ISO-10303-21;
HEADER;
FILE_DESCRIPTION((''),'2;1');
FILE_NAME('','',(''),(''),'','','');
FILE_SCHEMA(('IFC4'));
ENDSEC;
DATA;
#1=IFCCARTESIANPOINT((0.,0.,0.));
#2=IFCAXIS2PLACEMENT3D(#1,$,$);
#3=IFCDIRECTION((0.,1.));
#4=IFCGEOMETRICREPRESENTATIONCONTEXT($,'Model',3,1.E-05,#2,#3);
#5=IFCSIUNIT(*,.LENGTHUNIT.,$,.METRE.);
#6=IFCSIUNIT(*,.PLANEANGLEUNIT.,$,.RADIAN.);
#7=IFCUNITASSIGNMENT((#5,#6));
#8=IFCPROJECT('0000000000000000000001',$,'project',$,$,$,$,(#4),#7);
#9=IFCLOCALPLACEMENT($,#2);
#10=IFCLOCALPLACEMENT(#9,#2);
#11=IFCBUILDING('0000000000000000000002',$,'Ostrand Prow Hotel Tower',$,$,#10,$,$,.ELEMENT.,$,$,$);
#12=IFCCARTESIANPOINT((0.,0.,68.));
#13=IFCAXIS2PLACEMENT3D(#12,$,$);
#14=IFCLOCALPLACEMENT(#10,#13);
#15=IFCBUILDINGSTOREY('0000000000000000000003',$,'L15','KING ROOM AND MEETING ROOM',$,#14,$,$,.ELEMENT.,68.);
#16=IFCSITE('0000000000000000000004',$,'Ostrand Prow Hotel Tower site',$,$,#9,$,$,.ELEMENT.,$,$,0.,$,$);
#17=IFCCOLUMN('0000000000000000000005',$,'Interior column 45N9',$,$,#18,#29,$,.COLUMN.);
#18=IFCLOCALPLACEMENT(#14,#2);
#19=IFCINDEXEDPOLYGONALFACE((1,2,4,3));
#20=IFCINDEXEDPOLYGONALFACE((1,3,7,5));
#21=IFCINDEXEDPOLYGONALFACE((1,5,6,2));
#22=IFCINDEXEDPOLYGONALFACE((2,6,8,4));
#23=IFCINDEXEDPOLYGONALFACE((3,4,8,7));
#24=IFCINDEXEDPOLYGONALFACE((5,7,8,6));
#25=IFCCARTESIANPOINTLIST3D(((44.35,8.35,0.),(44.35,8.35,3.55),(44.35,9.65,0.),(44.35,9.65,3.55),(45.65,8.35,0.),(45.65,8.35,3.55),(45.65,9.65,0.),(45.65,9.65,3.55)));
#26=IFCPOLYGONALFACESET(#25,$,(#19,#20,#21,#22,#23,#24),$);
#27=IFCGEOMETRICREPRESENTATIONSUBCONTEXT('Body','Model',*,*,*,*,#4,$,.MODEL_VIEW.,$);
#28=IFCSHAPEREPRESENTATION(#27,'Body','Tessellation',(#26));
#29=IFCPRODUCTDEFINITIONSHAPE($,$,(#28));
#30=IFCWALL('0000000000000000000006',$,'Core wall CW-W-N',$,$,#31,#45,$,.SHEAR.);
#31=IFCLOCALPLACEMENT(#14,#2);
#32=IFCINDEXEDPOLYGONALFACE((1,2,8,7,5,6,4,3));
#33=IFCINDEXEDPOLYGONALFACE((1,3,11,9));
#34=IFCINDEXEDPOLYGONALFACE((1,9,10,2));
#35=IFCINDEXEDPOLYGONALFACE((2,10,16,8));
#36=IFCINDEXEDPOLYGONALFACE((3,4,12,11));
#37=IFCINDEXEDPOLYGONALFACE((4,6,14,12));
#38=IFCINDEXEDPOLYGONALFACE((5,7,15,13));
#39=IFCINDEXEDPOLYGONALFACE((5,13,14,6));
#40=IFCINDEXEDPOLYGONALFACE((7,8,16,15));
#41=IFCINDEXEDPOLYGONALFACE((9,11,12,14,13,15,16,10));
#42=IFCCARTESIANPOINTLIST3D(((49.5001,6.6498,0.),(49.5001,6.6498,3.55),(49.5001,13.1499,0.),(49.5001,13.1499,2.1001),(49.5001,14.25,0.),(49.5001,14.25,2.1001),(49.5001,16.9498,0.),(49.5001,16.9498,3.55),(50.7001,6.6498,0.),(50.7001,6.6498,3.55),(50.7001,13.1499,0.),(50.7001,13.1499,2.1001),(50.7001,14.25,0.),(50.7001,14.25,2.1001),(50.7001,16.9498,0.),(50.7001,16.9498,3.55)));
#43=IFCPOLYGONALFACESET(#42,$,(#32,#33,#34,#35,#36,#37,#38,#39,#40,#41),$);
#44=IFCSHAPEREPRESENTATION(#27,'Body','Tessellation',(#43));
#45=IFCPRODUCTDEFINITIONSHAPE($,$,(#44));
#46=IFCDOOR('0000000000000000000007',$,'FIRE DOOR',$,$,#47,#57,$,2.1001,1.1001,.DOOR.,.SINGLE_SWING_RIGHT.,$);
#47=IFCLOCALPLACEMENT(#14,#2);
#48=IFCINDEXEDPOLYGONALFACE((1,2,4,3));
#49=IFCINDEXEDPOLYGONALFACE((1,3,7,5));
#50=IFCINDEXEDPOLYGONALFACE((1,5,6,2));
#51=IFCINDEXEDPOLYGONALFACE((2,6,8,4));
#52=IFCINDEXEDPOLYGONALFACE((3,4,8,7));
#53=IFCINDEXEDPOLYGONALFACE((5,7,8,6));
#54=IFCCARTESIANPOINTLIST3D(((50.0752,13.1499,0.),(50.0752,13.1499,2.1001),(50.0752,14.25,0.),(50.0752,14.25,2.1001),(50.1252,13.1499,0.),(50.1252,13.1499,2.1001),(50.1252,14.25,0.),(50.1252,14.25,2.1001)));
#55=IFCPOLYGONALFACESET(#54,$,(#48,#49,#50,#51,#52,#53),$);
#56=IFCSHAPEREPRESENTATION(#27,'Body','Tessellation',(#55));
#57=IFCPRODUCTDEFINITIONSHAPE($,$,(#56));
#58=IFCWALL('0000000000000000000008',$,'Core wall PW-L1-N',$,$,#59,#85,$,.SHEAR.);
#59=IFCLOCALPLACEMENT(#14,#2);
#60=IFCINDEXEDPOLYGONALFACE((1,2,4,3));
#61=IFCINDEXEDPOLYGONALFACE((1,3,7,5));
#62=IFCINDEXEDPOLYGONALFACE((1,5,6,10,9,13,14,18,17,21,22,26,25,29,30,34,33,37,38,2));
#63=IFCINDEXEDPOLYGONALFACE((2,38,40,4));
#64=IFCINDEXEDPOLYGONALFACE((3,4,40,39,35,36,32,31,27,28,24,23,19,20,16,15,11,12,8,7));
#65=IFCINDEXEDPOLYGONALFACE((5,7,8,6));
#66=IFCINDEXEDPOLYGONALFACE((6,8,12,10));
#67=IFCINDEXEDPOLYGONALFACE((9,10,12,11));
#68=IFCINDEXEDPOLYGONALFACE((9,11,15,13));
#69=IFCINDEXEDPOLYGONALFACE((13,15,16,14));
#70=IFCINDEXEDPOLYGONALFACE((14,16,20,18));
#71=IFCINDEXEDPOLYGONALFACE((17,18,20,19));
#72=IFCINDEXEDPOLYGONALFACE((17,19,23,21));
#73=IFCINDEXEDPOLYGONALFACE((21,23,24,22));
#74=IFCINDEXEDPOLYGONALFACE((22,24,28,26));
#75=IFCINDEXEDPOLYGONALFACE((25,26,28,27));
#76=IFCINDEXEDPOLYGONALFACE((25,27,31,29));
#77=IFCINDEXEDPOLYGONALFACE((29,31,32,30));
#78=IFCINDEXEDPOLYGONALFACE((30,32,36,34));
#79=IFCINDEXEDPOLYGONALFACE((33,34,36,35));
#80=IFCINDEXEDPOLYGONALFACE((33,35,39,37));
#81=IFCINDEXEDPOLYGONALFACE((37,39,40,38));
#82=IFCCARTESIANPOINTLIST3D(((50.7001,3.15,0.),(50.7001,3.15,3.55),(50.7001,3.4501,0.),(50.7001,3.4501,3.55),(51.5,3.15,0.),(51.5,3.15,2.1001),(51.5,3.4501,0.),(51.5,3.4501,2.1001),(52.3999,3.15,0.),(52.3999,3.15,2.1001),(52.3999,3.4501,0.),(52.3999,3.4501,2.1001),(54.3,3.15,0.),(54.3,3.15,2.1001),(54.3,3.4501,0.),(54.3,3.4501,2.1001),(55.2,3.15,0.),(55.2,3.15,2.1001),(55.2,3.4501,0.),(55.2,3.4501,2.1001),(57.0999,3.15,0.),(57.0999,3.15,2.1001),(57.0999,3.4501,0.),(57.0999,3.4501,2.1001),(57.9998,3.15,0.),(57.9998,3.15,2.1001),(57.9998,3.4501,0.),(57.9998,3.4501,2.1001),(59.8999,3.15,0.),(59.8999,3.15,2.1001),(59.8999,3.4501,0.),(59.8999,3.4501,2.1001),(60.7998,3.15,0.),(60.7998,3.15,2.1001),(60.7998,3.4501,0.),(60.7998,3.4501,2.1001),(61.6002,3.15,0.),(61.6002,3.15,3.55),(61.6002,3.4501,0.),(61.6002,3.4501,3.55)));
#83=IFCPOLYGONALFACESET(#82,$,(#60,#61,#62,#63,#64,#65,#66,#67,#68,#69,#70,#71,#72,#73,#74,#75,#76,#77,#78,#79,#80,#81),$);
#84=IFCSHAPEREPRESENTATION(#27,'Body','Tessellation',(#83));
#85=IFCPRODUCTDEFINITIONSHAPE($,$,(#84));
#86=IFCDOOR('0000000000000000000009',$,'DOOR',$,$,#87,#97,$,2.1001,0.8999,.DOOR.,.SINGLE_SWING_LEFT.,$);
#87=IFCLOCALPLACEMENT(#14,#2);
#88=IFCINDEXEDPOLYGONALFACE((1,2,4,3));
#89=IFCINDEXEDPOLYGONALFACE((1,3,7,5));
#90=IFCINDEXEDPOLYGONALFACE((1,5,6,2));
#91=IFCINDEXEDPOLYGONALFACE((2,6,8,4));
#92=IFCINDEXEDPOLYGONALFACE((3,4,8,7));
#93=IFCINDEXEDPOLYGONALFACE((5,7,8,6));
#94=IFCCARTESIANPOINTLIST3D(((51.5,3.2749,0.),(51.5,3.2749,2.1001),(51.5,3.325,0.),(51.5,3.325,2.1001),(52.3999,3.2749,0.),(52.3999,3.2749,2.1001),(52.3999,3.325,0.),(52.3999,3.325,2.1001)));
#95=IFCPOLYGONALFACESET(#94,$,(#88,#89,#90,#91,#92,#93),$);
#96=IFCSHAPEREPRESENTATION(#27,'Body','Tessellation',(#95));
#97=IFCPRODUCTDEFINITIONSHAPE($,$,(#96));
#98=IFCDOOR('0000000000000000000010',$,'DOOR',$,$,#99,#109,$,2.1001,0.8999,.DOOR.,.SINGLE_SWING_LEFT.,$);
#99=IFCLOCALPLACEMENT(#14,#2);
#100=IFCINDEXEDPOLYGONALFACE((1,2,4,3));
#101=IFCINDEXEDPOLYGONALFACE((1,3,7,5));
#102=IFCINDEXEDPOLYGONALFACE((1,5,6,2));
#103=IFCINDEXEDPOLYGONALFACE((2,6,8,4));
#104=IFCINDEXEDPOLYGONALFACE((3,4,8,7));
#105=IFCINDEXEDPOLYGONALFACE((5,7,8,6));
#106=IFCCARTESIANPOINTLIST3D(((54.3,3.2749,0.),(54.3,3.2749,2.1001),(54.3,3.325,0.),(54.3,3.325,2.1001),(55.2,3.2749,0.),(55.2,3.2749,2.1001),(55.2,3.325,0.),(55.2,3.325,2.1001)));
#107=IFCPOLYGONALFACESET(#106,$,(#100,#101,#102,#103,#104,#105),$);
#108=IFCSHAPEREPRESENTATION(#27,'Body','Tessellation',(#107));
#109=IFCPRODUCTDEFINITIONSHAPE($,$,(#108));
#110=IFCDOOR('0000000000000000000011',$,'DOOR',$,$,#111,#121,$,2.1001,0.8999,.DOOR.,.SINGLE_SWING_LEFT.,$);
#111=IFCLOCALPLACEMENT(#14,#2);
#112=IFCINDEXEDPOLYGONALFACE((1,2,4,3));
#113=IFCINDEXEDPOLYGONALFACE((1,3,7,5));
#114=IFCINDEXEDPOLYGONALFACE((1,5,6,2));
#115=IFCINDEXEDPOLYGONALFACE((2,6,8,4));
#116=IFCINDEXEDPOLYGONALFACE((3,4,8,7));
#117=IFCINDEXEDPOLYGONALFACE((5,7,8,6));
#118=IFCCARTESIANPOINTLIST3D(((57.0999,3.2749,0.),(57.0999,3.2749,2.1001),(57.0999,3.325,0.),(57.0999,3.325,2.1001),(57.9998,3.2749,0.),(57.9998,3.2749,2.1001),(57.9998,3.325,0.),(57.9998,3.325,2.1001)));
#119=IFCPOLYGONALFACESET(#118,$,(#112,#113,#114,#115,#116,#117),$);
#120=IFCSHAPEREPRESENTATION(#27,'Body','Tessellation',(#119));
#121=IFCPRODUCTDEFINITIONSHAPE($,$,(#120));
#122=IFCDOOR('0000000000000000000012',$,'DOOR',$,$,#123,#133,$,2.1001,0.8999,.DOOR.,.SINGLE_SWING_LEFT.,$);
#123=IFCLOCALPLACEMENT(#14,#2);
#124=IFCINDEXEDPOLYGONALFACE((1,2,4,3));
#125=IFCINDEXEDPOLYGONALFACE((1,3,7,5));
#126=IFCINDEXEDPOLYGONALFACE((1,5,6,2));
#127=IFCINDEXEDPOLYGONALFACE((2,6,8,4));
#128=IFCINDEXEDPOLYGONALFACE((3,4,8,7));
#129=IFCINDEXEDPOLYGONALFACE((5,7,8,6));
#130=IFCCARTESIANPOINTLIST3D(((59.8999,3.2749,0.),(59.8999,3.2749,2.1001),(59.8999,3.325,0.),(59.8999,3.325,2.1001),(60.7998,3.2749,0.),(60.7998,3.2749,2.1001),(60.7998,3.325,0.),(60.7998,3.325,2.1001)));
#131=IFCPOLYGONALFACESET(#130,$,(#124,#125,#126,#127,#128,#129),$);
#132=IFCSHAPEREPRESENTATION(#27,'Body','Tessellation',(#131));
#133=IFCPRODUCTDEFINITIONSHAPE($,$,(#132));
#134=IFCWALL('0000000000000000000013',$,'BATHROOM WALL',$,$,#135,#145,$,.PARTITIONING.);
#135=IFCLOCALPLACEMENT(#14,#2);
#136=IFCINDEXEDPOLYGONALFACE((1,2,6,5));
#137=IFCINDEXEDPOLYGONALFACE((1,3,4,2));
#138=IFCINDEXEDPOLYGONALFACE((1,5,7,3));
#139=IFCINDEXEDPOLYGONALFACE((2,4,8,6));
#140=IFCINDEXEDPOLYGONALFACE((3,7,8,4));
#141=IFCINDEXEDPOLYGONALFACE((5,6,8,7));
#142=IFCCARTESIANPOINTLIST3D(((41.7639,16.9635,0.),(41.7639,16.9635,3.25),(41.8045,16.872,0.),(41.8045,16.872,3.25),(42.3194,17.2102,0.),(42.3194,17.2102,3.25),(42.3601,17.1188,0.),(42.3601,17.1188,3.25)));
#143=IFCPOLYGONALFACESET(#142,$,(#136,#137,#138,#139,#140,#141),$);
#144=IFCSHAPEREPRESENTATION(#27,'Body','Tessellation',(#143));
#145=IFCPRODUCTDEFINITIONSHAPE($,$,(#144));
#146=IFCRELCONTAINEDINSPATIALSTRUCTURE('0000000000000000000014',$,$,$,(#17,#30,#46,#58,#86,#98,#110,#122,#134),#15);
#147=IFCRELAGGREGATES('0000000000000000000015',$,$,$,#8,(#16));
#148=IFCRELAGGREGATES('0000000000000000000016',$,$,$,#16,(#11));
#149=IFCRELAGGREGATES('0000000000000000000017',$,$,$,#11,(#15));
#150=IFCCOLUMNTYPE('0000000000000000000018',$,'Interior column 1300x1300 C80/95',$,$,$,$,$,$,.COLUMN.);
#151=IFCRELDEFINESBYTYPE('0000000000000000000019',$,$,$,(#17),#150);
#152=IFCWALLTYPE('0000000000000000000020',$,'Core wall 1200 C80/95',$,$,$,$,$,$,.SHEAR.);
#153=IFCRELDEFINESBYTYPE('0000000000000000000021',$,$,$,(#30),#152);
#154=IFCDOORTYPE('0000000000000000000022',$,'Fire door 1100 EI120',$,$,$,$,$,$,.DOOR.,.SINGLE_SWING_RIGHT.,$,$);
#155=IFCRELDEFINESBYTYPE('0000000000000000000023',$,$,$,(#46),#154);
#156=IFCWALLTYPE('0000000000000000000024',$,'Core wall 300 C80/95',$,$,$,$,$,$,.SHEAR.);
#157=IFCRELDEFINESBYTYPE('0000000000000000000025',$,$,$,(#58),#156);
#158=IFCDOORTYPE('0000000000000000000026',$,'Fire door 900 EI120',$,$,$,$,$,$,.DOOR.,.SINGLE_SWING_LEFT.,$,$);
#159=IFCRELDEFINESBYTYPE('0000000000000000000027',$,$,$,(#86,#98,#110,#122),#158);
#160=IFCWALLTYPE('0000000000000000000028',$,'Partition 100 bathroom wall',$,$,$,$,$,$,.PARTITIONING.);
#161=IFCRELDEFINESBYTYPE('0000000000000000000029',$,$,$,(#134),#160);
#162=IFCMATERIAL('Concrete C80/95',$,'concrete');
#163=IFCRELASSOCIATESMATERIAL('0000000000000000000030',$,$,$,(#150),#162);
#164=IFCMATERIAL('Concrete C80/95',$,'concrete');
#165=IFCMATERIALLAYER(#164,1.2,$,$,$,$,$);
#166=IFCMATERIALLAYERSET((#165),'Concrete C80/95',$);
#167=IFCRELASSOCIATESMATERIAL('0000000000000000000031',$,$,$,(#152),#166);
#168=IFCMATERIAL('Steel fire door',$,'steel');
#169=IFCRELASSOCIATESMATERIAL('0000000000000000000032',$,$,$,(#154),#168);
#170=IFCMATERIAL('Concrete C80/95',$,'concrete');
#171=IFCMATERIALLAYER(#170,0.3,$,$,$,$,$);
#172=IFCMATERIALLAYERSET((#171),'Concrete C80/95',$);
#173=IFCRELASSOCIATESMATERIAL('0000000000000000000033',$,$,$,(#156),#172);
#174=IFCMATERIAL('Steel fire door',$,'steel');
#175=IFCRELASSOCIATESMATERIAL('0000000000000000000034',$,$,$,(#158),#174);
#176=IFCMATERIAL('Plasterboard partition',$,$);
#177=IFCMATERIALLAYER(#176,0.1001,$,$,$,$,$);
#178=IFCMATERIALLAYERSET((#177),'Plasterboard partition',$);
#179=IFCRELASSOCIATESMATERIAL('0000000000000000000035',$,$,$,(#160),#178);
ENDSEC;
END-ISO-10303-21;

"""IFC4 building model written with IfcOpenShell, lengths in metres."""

from ifc_helpers import new_model, si_unit, direction, frame, frame_2d, origin, origin_2d, place, context, subcontext, project, spatial, rectangle, extrude, material, layer, layer_set, material_profile, profile_set, type_object, element, fill, save


model = new_model("IFC4")

# Units and contexts
model_context = context("Model", 3, precision=1e-05, world=origin(), true_north=direction((0.0, 1.0)))
body_context = subcontext(model_context, "Body", "Model", "MODEL_VIEW")
ifc_project = project(units=[si_unit("LENGTHUNIT", "METRE"), si_unit("PLANEANGLEUNIT", "RADIAN")], contexts=[model_context])

# Site, building, storey
site_placement = place(None, origin())
site = spatial("IfcSite", under=ifc_project, at=site_placement, Name="Ostrand Prow Hotel Tower site", CompositionType="ELEMENT", RefElevation=0.0)
building_placement = place(site_placement, origin())
building = spatial("IfcBuilding", under=site, at=building_placement, Name="Ostrand Prow Hotel Tower", CompositionType="ELEMENT")
storey_placement = place(building_placement, frame((0.0, 0.0, 68.0)))
storey = spatial("IfcBuildingStorey", under=building, at=storey_placement, Name="L15", Description="KING ROOM AND MEETING ROOM", CompositionType="ELEMENT", Elevation=68.0)

# Column
ifc_material_1 = material(Name="Concrete C80/95", Category="concrete")
ifc_material_profile = material_profile(ifc_material_1, rectangle(XDim=1.3, YDim=1.3, at=origin_2d()), Name="RC 1300x1300")
ifc_profile_set = profile_set([ifc_material_profile], Name="Concrete C80/95")
column_type = type_object("IfcColumnType", Name="Interior column 1300x1300 C80/95", PredefinedType="COLUMN", material=ifc_profile_set)
column_placement = place(storey_placement, frame((45.0, 9.0, 0.0), z_axis=(0.0, 0.0, 1.0), x_axis=(1.0, 0.0, 0.0)))
element("IfcColumn", 1, at=column_placement, inside=storey, type_object=column_type, Name="Interior column 45N9", PredefinedType="COLUMN", context=body_context, shape_type="SweptSolid", body=[
    extrude(rectangle(XDim=1.3, YDim=1.3, at=origin_2d()), origin(), (0.0, 0.0, 1.0), 3.55),
])

# Wall, opening, door
ifc_material_2 = material(Name="Concrete C80/95", Category="concrete")
ifc_layer_1 = layer(ifc_material_2, 1.2)
ifc_layer_set_1 = layer_set([ifc_layer_1], Name="Concrete C80/95")
wall_type_1 = type_object("IfcWallType", Name="Core wall 1200 C80/95", PredefinedType="SHEAR", material=ifc_layer_set_1)
wall_1_placement = place(storey_placement, frame((50.1001, 6.6499, 0.0), z_axis=(0.0, 0.0, 1.0), x_axis=(0.0, 1.0, 0.0)))
wall_1 = element("IfcWall", 2, at=wall_1_placement, inside=storey, type_object=wall_type_1, Name="Core wall CW-W-N", PredefinedType="SHEAR", context=body_context, shape_type="SweptSolid", body=[
    extrude(rectangle(XDim=10.3, YDim=1.2, at=frame_2d((5.1499, 0.0))), origin(), (0.0, 0.0, 1.0), 3.55),
])
opening_1_placement = place(wall_1_placement, frame((6.5, 0.0, 0.0)))
opening_1 = element("IfcOpeningElement", 3, at=opening_1_placement, cuts=wall_1, PredefinedType="OPENING", context=body_context, shape_type="SweptSolid", body=[
    extrude(rectangle(XDim=1.1001, YDim=2.1001, at=frame_2d((0.55, 1.05))), frame((0.0, 0.6099, 0.0), z_axis=(0.0, -1.0, 0.0), x_axis=(1.0, 0.0, 0.0)), (0.0, 0.0, 1.0), 1.22),
])
ifc_material_3 = material(Name="Steel fire door", Category="steel")
door_type_1 = type_object("IfcDoorType", Name="Fire door 1100 EI120", OperationType="SINGLE_SWING_RIGHT", PredefinedType="DOOR", material=ifc_material_3)
door_1_placement = place(opening_1_placement, origin())
door_1 = element("IfcDoor", 4, at=door_1_placement, inside=storey, type_object=door_type_1, Name="FIRE DOOR", OperationType="SINGLE_SWING_RIGHT", OverallHeight=2.1001, OverallWidth=1.1001, PredefinedType="DOOR", context=body_context, shape_type="SweptSolid", body=[
    extrude(rectangle(XDim=1.1001, YDim=2.1001, at=frame_2d((0.55, 1.05))), frame((0.0, 0.0249, 0.0), z_axis=(0.0, -1.0, 0.0), x_axis=(1.0, 0.0, 0.0)), (0.0, 0.0, 1.0), 0.05),
])
fill(opening_1, door_1)

# Wall, openings, doors
ifc_material_4 = material(Name="Concrete C80/95", Category="concrete")
ifc_layer_2 = layer(ifc_material_4, 0.3)
ifc_layer_set_2 = layer_set([ifc_layer_2], Name="Concrete C80/95")
wall_type_2 = type_object("IfcWallType", Name="Core wall 300 C80/95", PredefinedType="SHEAR", material=ifc_layer_set_2)
wall_2_placement = place(storey_placement, frame((50.7, 3.3, 0.0), z_axis=(0.0, 0.0, 1.0), x_axis=(1.0, 0.0, 0.0)))
wall_2 = element("IfcWall", 5, at=wall_2_placement, inside=storey, type_object=wall_type_2, Name="Core wall PW-L1-N", PredefinedType="SHEAR", context=body_context, shape_type="SweptSolid", body=[
    extrude(rectangle(XDim=10.9001, YDim=0.3, at=frame_2d((5.4502, 0.0))), origin(), (0.0, 0.0, 1.0), 3.55),
])
opening_2_placement = place(wall_2_placement, frame((0.8, 0.0, 0.0)))
opening_2 = element("IfcOpeningElement", 6, at=opening_2_placement, cuts=wall_2, PredefinedType="OPENING", context=body_context, shape_type="SweptSolid", body=[
    extrude(rectangle(XDim=0.8999, YDim=2.1001, at=frame_2d((0.45, 1.05))), frame((0.0, 0.1599, 0.0), z_axis=(0.0, -1.0, 0.0), x_axis=(1.0, 0.0, 0.0)), (0.0, 0.0, 1.0), 0.3201),
])
opening_3_placement = place(wall_2_placement, frame((3.6001, 0.0, 0.0)))
opening_3 = element("IfcOpeningElement", 7, at=opening_3_placement, cuts=wall_2, PredefinedType="OPENING", context=body_context, shape_type="SweptSolid", body=[
    extrude(rectangle(XDim=0.8999, YDim=2.1001, at=frame_2d((0.45, 1.05))), frame((0.0, 0.1599, 0.0), z_axis=(0.0, -1.0, 0.0), x_axis=(1.0, 0.0, 0.0)), (0.0, 0.0, 1.0), 0.3201),
])
opening_4_placement = place(wall_2_placement, frame((6.3999, 0.0, 0.0)))
opening_4 = element("IfcOpeningElement", 8, at=opening_4_placement, cuts=wall_2, PredefinedType="OPENING", context=body_context, shape_type="SweptSolid", body=[
    extrude(rectangle(XDim=0.8999, YDim=2.1001, at=frame_2d((0.45, 1.05))), frame((0.0, 0.1599, 0.0), z_axis=(0.0, -1.0, 0.0), x_axis=(1.0, 0.0, 0.0)), (0.0, 0.0, 1.0), 0.3201),
])
opening_5_placement = place(wall_2_placement, frame((9.2, 0.0, 0.0)))
opening_5 = element("IfcOpeningElement", 9, at=opening_5_placement, cuts=wall_2, PredefinedType="OPENING", context=body_context, shape_type="SweptSolid", body=[
    extrude(rectangle(XDim=0.8999, YDim=2.1001, at=frame_2d((0.45, 1.05))), frame((0.0, 0.1599, 0.0), z_axis=(0.0, -1.0, 0.0), x_axis=(1.0, 0.0, 0.0)), (0.0, 0.0, 1.0), 0.3201),
])
ifc_material_5 = material(Name="Steel fire door", Category="steel")
door_type_2 = type_object("IfcDoorType", Name="Fire door 900 EI120", OperationType="SINGLE_SWING_LEFT", PredefinedType="DOOR", material=ifc_material_5)
door_2_placement = place(opening_2_placement, origin())
door_2 = element("IfcDoor", 10, at=door_2_placement, inside=storey, type_object=door_type_2, Name="DOOR", OperationType="SINGLE_SWING_LEFT", OverallHeight=2.1001, OverallWidth=0.8999, PredefinedType="DOOR", context=body_context, shape_type="SweptSolid", body=[
    extrude(rectangle(XDim=0.8999, YDim=2.1001, at=frame_2d((0.45, 1.05))), frame((0.0, 0.0249, 0.0), z_axis=(0.0, -1.0, 0.0), x_axis=(1.0, 0.0, 0.0)), (0.0, 0.0, 1.0), 0.05),
])
fill(opening_2, door_2)
door_3_placement = place(opening_3_placement, origin())
door_3 = element("IfcDoor", 11, at=door_3_placement, inside=storey, type_object=door_type_2, Name="DOOR", OperationType="SINGLE_SWING_LEFT", OverallHeight=2.1001, OverallWidth=0.8999, PredefinedType="DOOR", context=body_context, shape_type="SweptSolid", body=[
    extrude(rectangle(XDim=0.8999, YDim=2.1001, at=frame_2d((0.45, 1.05))), frame((0.0, 0.0249, 0.0), z_axis=(0.0, -1.0, 0.0), x_axis=(1.0, 0.0, 0.0)), (0.0, 0.0, 1.0), 0.05),
])
fill(opening_3, door_3)
door_4_placement = place(opening_4_placement, origin())
door_4 = element("IfcDoor", 12, at=door_4_placement, inside=storey, type_object=door_type_2, Name="DOOR", OperationType="SINGLE_SWING_LEFT", OverallHeight=2.1001, OverallWidth=0.8999, PredefinedType="DOOR", context=body_context, shape_type="SweptSolid", body=[
    extrude(rectangle(XDim=0.8999, YDim=2.1001, at=frame_2d((0.45, 1.05))), frame((0.0, 0.0249, 0.0), z_axis=(0.0, -1.0, 0.0), x_axis=(1.0, 0.0, 0.0)), (0.0, 0.0, 1.0), 0.05),
])
fill(opening_4, door_4)
door_5_placement = place(opening_5_placement, origin())
door_5 = element("IfcDoor", 13, at=door_5_placement, inside=storey, type_object=door_type_2, Name="DOOR", OperationType="SINGLE_SWING_LEFT", OverallHeight=2.1001, OverallWidth=0.8999, PredefinedType="DOOR", context=body_context, shape_type="SweptSolid", body=[
    extrude(rectangle(XDim=0.8999, YDim=2.1001, at=frame_2d((0.45, 1.05))), frame((0.0, 0.0249, 0.0), z_axis=(0.0, -1.0, 0.0), x_axis=(1.0, 0.0, 0.0)), (0.0, 0.0, 1.0), 0.05),
])
fill(opening_5, door_5)

# Wall
ifc_material_6 = material(Name="Plasterboard partition")
ifc_layer_3 = layer(ifc_material_6, 0.1001)
ifc_layer_set_3 = layer_set([ifc_layer_3], Name="Plasterboard partition")
wall_type_3 = type_object("IfcWallType", Name="Partition 100 bathroom wall", PredefinedType="PARTITIONING", material=ifc_layer_set_3)
wall_3_placement = place(storey_placement, frame((41.7842, 16.9177, 0.0), z_axis=(0.0, 0.0, 1.0), x_axis=(0.913894, 0.405952, 0.0)))
element("IfcWall", 14, at=wall_3_placement, inside=storey, type_object=wall_type_3, Name="BATHROOM WALL", PredefinedType="PARTITIONING", context=body_context, shape_type="SweptSolid", body=[
    extrude(rectangle(XDim=0.6079, YDim=0.1001, at=frame_2d((0.304, 0.0))), origin(), (0.0, 0.0, 1.0), 3.25),
])

save(model, "model.ifc")
